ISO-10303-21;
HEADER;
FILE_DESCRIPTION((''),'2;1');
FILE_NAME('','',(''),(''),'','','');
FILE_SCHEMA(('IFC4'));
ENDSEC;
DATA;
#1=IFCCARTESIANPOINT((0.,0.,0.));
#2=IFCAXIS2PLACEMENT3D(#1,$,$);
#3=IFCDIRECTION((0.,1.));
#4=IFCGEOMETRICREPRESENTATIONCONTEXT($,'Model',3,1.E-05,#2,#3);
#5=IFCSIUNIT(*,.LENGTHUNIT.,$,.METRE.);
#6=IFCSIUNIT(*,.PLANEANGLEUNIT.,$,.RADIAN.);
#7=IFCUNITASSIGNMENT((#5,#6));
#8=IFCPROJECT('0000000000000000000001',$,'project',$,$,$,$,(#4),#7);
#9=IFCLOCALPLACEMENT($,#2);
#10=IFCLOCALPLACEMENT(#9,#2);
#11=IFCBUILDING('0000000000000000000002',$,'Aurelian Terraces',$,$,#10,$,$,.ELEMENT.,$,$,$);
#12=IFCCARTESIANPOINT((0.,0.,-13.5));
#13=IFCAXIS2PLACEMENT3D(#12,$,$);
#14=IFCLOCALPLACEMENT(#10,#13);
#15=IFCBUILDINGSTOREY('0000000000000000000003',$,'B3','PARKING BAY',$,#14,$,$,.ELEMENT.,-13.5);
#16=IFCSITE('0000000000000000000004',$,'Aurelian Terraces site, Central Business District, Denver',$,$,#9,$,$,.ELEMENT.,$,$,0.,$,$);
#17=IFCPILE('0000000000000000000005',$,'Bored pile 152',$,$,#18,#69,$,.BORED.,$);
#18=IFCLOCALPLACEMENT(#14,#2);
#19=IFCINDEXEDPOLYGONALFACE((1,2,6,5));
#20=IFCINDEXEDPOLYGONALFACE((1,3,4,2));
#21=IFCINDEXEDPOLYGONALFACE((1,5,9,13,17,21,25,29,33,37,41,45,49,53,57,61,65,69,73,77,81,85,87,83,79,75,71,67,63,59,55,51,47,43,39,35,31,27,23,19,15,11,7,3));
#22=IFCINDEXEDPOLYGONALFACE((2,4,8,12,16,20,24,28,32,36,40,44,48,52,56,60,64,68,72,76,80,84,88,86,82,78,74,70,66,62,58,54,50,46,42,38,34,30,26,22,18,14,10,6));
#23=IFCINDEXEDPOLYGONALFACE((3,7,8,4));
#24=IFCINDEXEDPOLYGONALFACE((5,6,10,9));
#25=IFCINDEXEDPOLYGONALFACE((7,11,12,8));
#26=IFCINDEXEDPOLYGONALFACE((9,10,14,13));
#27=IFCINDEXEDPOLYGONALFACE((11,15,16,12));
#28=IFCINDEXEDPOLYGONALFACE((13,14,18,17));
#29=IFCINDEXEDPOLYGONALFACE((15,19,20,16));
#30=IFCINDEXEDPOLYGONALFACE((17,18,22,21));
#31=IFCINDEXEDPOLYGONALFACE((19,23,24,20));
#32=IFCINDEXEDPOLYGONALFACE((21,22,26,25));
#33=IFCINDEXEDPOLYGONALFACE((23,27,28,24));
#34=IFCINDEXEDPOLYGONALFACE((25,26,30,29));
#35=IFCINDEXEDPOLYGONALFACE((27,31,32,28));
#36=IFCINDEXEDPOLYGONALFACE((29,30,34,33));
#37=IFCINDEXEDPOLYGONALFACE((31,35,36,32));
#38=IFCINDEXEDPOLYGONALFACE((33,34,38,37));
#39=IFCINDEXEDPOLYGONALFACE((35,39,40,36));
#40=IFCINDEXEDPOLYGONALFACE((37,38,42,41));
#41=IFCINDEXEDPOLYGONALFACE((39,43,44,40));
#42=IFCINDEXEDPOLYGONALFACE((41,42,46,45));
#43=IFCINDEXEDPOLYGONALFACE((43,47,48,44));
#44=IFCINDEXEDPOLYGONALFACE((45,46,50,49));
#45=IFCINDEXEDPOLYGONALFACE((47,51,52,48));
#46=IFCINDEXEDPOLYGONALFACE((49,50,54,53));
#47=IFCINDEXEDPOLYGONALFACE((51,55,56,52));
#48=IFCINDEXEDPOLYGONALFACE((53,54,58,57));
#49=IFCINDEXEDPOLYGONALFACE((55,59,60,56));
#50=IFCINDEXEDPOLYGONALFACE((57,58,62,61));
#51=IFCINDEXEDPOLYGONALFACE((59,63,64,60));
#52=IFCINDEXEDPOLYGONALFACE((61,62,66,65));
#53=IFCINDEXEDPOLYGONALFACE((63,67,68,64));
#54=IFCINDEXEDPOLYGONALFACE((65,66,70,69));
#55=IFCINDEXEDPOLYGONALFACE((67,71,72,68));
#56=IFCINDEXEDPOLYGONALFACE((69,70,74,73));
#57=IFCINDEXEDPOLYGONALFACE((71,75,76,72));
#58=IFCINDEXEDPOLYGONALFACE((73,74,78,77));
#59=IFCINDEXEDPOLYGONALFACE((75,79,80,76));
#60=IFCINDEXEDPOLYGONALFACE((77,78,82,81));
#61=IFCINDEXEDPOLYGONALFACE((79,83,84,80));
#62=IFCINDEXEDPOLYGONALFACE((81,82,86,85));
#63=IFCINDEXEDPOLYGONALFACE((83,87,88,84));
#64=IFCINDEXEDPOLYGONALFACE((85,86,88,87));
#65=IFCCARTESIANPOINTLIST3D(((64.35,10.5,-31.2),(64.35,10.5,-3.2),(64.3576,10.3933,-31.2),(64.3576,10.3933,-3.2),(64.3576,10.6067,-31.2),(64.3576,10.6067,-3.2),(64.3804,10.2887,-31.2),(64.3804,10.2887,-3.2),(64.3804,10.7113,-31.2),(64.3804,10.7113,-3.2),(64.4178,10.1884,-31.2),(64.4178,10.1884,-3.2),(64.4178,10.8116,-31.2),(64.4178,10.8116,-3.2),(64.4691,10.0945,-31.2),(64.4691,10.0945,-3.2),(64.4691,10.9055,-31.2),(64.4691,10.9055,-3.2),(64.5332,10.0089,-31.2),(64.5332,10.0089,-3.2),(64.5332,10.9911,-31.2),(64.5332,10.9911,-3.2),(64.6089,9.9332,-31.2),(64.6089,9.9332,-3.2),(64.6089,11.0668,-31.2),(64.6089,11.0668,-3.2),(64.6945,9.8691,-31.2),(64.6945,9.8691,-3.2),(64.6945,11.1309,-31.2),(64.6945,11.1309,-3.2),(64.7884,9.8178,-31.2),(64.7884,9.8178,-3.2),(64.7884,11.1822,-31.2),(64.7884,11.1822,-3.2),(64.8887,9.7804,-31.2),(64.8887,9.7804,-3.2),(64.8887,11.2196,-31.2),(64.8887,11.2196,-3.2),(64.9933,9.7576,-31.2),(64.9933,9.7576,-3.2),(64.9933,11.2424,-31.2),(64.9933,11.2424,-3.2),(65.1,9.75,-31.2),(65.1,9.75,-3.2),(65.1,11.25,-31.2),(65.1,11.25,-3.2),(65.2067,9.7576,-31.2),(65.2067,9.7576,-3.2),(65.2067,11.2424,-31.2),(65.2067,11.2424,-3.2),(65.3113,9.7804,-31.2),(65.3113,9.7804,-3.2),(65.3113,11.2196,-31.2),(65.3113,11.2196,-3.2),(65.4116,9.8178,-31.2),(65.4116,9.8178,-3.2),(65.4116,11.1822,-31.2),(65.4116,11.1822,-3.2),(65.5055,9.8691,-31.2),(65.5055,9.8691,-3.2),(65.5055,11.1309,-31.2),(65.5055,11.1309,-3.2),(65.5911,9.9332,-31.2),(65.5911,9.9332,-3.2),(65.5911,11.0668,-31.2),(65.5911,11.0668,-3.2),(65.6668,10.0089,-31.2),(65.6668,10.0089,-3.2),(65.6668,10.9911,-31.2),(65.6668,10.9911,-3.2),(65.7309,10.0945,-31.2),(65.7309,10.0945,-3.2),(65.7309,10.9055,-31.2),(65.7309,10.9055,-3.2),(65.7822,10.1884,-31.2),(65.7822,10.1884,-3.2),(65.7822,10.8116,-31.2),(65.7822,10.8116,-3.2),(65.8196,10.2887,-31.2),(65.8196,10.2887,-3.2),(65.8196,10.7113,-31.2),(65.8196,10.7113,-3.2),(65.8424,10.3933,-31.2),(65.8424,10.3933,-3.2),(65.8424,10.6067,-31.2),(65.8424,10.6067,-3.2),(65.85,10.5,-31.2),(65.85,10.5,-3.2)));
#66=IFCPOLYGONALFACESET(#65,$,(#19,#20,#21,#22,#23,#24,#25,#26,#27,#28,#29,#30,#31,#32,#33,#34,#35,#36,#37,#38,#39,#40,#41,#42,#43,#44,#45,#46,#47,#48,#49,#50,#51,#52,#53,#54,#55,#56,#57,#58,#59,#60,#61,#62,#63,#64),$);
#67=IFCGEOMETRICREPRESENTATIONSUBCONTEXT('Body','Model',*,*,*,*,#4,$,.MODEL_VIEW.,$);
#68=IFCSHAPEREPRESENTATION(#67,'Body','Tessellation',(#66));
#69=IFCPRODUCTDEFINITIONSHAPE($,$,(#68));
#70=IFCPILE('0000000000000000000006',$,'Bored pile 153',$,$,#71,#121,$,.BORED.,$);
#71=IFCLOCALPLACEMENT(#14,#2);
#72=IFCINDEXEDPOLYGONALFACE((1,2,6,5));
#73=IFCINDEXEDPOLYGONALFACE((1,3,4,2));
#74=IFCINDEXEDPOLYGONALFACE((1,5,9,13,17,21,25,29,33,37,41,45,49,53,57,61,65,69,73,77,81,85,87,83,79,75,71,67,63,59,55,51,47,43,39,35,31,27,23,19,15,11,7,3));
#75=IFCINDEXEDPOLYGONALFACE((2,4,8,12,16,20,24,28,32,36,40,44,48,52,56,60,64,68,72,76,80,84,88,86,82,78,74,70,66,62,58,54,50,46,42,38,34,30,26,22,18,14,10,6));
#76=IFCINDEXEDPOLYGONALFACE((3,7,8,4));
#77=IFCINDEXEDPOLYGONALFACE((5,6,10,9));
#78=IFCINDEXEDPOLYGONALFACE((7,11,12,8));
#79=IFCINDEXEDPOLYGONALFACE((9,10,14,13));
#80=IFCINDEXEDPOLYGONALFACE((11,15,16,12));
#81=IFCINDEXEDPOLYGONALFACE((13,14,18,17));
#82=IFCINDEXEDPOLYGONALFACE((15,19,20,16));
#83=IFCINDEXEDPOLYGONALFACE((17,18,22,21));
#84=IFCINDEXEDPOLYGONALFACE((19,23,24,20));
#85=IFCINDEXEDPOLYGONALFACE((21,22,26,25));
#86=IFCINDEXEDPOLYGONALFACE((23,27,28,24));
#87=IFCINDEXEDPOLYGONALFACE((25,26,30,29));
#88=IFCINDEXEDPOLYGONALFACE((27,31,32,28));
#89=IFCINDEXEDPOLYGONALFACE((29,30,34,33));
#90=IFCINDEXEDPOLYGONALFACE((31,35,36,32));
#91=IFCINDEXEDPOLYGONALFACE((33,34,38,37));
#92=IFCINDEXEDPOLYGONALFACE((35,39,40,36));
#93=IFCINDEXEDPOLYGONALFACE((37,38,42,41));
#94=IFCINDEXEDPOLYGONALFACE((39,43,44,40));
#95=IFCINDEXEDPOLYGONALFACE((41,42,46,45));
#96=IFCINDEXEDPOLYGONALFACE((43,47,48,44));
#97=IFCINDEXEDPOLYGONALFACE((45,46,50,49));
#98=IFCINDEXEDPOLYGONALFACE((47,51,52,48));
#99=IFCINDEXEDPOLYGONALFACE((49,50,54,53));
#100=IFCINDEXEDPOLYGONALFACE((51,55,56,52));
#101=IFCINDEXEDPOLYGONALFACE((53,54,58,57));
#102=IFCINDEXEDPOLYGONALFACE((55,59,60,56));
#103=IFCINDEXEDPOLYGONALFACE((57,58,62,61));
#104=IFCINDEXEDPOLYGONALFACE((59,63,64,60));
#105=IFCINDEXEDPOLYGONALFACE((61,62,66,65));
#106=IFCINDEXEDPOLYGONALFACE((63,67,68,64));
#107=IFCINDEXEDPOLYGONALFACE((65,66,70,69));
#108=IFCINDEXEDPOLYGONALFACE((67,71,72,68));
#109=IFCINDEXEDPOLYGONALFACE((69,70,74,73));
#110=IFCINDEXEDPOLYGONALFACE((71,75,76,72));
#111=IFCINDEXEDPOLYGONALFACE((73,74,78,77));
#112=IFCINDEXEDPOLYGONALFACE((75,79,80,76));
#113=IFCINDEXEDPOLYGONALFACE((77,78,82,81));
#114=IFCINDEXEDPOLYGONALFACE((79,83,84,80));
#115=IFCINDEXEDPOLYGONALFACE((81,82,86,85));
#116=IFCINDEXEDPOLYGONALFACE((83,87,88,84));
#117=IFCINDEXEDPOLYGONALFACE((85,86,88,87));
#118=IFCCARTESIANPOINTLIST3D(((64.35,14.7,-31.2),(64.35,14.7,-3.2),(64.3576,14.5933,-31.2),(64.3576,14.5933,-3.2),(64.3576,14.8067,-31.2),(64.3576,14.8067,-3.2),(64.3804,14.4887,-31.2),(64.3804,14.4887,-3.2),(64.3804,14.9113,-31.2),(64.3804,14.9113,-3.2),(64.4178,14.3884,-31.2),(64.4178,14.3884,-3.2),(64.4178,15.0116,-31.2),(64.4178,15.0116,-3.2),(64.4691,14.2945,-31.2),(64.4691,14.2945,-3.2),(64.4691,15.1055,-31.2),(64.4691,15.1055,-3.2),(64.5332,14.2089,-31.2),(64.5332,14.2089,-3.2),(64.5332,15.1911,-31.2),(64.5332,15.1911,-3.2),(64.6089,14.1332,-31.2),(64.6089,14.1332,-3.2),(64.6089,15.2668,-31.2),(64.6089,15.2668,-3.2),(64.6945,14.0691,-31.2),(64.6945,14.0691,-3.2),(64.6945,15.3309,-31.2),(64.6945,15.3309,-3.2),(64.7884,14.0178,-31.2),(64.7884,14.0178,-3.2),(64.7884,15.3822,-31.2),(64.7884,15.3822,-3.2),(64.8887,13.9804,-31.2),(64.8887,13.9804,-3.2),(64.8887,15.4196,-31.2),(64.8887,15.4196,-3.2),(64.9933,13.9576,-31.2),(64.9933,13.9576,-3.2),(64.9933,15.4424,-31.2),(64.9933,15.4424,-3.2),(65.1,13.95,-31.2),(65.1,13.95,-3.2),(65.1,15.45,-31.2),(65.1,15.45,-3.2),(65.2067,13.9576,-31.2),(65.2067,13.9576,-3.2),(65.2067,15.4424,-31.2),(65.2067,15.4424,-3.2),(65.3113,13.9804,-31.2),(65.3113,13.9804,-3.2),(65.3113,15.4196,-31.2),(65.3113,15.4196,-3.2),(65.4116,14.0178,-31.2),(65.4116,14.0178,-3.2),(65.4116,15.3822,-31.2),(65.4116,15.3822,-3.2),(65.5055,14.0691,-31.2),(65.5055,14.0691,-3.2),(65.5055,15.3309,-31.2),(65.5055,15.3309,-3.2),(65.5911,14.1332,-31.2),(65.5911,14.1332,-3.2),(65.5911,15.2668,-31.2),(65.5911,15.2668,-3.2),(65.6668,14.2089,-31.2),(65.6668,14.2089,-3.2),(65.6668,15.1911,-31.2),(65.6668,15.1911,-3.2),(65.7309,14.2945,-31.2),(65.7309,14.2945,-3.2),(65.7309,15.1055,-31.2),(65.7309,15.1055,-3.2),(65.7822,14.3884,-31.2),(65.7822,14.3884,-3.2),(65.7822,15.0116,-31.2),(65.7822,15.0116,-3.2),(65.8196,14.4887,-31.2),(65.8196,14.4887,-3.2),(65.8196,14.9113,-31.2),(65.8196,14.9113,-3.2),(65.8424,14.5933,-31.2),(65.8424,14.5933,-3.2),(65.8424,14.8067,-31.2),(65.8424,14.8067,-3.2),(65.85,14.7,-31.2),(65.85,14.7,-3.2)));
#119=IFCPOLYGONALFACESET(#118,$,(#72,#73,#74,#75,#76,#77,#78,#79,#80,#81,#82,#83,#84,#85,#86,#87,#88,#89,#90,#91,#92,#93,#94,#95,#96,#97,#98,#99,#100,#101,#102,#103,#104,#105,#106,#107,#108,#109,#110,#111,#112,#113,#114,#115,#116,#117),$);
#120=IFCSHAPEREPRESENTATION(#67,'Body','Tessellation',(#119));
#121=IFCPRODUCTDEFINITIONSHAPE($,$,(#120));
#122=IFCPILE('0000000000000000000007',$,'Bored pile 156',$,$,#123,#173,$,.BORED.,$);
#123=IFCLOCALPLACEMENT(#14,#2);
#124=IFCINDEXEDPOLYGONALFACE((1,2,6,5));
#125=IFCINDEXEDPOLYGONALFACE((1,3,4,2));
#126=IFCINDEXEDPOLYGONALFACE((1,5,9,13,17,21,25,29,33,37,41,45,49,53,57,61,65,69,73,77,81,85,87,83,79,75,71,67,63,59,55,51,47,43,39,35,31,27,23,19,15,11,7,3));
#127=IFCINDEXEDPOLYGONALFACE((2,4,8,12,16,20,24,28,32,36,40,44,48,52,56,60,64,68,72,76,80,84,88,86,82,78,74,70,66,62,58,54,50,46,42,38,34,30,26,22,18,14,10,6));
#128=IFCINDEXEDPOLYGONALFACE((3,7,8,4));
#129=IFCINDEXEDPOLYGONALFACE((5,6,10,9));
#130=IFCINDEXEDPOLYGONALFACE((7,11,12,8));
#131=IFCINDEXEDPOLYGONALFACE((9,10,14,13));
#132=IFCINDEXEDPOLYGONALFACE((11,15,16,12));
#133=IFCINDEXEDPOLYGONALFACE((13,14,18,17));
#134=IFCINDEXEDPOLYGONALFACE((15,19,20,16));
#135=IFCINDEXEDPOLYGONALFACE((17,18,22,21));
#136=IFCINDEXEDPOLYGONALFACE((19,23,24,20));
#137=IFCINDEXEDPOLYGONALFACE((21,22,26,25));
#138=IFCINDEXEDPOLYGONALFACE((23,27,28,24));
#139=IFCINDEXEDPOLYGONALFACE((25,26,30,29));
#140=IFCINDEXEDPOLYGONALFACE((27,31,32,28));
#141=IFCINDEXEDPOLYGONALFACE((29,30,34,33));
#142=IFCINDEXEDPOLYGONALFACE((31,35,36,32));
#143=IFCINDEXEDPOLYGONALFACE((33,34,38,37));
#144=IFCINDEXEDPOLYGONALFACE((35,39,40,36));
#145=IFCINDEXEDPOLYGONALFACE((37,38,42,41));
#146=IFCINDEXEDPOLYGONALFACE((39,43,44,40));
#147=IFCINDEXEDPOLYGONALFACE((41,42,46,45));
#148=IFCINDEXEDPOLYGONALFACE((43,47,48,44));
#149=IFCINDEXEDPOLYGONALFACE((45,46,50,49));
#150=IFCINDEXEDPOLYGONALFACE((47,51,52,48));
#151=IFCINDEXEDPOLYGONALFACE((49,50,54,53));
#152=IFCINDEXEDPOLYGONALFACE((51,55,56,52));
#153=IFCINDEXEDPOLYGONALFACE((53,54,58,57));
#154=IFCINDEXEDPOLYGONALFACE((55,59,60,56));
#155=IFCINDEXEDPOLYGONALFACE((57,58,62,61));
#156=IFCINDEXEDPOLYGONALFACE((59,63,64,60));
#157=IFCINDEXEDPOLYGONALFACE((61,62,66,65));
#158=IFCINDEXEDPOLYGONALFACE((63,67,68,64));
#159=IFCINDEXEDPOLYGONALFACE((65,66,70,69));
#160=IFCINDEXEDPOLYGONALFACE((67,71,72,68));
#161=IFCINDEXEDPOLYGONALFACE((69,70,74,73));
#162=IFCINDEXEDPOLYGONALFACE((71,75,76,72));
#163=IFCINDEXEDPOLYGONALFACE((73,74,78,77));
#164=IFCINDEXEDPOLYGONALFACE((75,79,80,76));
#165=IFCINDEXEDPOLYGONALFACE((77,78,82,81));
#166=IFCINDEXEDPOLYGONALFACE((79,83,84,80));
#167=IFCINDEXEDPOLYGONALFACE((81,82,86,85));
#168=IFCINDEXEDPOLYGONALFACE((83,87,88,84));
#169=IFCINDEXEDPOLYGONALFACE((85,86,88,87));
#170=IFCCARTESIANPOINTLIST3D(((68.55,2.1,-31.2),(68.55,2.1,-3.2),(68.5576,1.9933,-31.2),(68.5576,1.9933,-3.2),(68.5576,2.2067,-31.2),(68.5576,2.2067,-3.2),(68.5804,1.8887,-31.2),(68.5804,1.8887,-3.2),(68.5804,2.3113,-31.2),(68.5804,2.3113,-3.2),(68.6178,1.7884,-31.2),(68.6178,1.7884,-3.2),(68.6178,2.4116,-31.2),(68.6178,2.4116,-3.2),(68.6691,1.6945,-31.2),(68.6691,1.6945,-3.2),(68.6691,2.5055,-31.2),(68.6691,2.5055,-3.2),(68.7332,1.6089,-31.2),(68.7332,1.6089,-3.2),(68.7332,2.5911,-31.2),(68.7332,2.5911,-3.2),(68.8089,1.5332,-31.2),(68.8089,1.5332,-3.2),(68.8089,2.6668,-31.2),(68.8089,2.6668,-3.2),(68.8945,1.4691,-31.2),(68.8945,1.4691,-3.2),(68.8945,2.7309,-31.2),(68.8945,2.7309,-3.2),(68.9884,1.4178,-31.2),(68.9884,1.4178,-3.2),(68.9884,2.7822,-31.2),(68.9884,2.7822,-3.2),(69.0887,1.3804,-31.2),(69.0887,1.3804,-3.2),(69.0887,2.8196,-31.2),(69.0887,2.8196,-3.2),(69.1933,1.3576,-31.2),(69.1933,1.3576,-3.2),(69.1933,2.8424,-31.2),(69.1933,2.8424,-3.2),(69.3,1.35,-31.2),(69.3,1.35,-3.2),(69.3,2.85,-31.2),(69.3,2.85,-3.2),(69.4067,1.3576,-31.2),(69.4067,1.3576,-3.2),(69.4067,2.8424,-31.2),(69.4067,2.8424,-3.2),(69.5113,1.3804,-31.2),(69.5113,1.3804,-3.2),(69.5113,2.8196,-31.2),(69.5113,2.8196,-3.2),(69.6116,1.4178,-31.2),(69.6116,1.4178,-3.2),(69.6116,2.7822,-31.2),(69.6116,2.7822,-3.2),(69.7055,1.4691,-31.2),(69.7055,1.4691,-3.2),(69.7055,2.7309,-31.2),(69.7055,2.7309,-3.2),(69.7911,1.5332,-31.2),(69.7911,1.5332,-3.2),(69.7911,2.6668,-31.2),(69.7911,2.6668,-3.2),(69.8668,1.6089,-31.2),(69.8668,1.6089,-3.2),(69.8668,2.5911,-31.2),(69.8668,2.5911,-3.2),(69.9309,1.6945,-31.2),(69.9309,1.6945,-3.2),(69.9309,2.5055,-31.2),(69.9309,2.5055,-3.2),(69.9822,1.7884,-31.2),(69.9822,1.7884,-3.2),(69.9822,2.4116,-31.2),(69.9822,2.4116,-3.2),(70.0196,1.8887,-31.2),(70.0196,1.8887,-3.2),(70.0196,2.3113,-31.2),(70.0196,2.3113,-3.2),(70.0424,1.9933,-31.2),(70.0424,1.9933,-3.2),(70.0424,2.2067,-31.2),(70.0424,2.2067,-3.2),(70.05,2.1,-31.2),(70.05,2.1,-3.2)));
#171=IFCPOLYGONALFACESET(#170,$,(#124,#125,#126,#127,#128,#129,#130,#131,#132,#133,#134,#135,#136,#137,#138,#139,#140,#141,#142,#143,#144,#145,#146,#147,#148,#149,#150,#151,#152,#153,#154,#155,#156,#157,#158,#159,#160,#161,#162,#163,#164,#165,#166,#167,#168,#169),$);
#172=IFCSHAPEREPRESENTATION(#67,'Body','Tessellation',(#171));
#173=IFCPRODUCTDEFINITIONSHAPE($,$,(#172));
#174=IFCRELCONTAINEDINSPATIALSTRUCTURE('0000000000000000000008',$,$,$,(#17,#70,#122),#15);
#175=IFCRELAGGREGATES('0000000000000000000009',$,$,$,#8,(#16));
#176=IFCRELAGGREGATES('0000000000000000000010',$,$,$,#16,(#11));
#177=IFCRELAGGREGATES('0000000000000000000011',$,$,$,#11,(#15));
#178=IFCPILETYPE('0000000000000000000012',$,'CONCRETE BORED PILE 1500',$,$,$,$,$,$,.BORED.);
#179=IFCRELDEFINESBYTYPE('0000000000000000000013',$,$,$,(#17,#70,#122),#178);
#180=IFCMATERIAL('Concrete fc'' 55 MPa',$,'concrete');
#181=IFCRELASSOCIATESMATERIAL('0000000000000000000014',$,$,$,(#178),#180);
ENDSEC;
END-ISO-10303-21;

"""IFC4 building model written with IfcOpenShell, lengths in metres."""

from ifc_helpers import new_model, si_unit, direction, frame, origin, origin_2d, place, context, subcontext, project, spatial, circle, extrude, source, transform, mapped, material, material_profile, profile_set, type_object, element, save


model = new_model("IFC4")

# Units and contexts
model_context = context("Model", 3, precision=1e-05, world=origin(), true_north=direction((0.0, 1.0)))
body_context = subcontext(model_context, "Body", "Model", "MODEL_VIEW")
ifc_project = project(units=[si_unit("LENGTHUNIT", "METRE"), si_unit("PLANEANGLEUNIT", "RADIAN")], contexts=[model_context])

# Site, building, storey
site_placement = place(None, origin())
site = spatial("IfcSite", under=ifc_project, at=site_placement, Name="Aurelian Terraces site, Central Business District, Denver", CompositionType="ELEMENT", RefElevation=0.0)
building_placement = place(site_placement, origin())
building = spatial("IfcBuilding", under=site, at=building_placement, Name="Aurelian Terraces", CompositionType="ELEMENT")
storey_placement = place(building_placement, frame((0.0, 0.0, -13.5)))
storey = spatial("IfcBuildingStorey", under=building, at=storey_placement, Name="B3", Description="PARKING BAY", CompositionType="ELEMENT", Elevation=-13.5)

# Piles
ifc_material_1 = material(Name="Concrete fc' 55 MPa", Category="concrete")
ifc_material_profile_1 = material_profile(ifc_material_1, circle(Radius=0.75, at=origin_2d()))
ifc_profile_set_1 = profile_set([ifc_material_profile_1], Name="Concrete fc' 55 MPa")
pile_type = type_object("IfcPileType", Name="CONCRETE BORED PILE 1500", PredefinedType="BORED", material=ifc_profile_set_1)
shared_shape_1 = source(origin(), body_context, "Body", "SweptSolid", [
    extrude(circle(Radius=0.75, at=origin_2d()), origin(), (0.0, 0.0, 1.0), 28.0),
])
for number, where, z_axis, x_axis, name in (
    (1, (65.1, 10.5, -3.2), (0.0, 0.0, -1.0), (1.0, 0.0, 0.0), "Bored pile 152"),
    (2, (65.1, 14.7, -3.2), (0.0, 0.0, -1.0), (1.0, 0.0, 0.0), "Bored pile 153"),
    (3, (69.3, 2.1, -3.2), (0.0, 0.0, -1.0), (1.0, 0.0, 0.0), "Bored pile 156"),
):
    element("IfcPile", number, at=place(storey_placement, frame(where, z_axis=z_axis, x_axis=x_axis)), inside=storey, type_object=pile_type, Name=name, PredefinedType="BORED", context=body_context, shape_type="MappedRepresentation", body=[
        mapped(shared_shape_1, transform((0.0, 0.0, 0.0), scale=1.0)),
    ])

save(model, "model.ifc")
